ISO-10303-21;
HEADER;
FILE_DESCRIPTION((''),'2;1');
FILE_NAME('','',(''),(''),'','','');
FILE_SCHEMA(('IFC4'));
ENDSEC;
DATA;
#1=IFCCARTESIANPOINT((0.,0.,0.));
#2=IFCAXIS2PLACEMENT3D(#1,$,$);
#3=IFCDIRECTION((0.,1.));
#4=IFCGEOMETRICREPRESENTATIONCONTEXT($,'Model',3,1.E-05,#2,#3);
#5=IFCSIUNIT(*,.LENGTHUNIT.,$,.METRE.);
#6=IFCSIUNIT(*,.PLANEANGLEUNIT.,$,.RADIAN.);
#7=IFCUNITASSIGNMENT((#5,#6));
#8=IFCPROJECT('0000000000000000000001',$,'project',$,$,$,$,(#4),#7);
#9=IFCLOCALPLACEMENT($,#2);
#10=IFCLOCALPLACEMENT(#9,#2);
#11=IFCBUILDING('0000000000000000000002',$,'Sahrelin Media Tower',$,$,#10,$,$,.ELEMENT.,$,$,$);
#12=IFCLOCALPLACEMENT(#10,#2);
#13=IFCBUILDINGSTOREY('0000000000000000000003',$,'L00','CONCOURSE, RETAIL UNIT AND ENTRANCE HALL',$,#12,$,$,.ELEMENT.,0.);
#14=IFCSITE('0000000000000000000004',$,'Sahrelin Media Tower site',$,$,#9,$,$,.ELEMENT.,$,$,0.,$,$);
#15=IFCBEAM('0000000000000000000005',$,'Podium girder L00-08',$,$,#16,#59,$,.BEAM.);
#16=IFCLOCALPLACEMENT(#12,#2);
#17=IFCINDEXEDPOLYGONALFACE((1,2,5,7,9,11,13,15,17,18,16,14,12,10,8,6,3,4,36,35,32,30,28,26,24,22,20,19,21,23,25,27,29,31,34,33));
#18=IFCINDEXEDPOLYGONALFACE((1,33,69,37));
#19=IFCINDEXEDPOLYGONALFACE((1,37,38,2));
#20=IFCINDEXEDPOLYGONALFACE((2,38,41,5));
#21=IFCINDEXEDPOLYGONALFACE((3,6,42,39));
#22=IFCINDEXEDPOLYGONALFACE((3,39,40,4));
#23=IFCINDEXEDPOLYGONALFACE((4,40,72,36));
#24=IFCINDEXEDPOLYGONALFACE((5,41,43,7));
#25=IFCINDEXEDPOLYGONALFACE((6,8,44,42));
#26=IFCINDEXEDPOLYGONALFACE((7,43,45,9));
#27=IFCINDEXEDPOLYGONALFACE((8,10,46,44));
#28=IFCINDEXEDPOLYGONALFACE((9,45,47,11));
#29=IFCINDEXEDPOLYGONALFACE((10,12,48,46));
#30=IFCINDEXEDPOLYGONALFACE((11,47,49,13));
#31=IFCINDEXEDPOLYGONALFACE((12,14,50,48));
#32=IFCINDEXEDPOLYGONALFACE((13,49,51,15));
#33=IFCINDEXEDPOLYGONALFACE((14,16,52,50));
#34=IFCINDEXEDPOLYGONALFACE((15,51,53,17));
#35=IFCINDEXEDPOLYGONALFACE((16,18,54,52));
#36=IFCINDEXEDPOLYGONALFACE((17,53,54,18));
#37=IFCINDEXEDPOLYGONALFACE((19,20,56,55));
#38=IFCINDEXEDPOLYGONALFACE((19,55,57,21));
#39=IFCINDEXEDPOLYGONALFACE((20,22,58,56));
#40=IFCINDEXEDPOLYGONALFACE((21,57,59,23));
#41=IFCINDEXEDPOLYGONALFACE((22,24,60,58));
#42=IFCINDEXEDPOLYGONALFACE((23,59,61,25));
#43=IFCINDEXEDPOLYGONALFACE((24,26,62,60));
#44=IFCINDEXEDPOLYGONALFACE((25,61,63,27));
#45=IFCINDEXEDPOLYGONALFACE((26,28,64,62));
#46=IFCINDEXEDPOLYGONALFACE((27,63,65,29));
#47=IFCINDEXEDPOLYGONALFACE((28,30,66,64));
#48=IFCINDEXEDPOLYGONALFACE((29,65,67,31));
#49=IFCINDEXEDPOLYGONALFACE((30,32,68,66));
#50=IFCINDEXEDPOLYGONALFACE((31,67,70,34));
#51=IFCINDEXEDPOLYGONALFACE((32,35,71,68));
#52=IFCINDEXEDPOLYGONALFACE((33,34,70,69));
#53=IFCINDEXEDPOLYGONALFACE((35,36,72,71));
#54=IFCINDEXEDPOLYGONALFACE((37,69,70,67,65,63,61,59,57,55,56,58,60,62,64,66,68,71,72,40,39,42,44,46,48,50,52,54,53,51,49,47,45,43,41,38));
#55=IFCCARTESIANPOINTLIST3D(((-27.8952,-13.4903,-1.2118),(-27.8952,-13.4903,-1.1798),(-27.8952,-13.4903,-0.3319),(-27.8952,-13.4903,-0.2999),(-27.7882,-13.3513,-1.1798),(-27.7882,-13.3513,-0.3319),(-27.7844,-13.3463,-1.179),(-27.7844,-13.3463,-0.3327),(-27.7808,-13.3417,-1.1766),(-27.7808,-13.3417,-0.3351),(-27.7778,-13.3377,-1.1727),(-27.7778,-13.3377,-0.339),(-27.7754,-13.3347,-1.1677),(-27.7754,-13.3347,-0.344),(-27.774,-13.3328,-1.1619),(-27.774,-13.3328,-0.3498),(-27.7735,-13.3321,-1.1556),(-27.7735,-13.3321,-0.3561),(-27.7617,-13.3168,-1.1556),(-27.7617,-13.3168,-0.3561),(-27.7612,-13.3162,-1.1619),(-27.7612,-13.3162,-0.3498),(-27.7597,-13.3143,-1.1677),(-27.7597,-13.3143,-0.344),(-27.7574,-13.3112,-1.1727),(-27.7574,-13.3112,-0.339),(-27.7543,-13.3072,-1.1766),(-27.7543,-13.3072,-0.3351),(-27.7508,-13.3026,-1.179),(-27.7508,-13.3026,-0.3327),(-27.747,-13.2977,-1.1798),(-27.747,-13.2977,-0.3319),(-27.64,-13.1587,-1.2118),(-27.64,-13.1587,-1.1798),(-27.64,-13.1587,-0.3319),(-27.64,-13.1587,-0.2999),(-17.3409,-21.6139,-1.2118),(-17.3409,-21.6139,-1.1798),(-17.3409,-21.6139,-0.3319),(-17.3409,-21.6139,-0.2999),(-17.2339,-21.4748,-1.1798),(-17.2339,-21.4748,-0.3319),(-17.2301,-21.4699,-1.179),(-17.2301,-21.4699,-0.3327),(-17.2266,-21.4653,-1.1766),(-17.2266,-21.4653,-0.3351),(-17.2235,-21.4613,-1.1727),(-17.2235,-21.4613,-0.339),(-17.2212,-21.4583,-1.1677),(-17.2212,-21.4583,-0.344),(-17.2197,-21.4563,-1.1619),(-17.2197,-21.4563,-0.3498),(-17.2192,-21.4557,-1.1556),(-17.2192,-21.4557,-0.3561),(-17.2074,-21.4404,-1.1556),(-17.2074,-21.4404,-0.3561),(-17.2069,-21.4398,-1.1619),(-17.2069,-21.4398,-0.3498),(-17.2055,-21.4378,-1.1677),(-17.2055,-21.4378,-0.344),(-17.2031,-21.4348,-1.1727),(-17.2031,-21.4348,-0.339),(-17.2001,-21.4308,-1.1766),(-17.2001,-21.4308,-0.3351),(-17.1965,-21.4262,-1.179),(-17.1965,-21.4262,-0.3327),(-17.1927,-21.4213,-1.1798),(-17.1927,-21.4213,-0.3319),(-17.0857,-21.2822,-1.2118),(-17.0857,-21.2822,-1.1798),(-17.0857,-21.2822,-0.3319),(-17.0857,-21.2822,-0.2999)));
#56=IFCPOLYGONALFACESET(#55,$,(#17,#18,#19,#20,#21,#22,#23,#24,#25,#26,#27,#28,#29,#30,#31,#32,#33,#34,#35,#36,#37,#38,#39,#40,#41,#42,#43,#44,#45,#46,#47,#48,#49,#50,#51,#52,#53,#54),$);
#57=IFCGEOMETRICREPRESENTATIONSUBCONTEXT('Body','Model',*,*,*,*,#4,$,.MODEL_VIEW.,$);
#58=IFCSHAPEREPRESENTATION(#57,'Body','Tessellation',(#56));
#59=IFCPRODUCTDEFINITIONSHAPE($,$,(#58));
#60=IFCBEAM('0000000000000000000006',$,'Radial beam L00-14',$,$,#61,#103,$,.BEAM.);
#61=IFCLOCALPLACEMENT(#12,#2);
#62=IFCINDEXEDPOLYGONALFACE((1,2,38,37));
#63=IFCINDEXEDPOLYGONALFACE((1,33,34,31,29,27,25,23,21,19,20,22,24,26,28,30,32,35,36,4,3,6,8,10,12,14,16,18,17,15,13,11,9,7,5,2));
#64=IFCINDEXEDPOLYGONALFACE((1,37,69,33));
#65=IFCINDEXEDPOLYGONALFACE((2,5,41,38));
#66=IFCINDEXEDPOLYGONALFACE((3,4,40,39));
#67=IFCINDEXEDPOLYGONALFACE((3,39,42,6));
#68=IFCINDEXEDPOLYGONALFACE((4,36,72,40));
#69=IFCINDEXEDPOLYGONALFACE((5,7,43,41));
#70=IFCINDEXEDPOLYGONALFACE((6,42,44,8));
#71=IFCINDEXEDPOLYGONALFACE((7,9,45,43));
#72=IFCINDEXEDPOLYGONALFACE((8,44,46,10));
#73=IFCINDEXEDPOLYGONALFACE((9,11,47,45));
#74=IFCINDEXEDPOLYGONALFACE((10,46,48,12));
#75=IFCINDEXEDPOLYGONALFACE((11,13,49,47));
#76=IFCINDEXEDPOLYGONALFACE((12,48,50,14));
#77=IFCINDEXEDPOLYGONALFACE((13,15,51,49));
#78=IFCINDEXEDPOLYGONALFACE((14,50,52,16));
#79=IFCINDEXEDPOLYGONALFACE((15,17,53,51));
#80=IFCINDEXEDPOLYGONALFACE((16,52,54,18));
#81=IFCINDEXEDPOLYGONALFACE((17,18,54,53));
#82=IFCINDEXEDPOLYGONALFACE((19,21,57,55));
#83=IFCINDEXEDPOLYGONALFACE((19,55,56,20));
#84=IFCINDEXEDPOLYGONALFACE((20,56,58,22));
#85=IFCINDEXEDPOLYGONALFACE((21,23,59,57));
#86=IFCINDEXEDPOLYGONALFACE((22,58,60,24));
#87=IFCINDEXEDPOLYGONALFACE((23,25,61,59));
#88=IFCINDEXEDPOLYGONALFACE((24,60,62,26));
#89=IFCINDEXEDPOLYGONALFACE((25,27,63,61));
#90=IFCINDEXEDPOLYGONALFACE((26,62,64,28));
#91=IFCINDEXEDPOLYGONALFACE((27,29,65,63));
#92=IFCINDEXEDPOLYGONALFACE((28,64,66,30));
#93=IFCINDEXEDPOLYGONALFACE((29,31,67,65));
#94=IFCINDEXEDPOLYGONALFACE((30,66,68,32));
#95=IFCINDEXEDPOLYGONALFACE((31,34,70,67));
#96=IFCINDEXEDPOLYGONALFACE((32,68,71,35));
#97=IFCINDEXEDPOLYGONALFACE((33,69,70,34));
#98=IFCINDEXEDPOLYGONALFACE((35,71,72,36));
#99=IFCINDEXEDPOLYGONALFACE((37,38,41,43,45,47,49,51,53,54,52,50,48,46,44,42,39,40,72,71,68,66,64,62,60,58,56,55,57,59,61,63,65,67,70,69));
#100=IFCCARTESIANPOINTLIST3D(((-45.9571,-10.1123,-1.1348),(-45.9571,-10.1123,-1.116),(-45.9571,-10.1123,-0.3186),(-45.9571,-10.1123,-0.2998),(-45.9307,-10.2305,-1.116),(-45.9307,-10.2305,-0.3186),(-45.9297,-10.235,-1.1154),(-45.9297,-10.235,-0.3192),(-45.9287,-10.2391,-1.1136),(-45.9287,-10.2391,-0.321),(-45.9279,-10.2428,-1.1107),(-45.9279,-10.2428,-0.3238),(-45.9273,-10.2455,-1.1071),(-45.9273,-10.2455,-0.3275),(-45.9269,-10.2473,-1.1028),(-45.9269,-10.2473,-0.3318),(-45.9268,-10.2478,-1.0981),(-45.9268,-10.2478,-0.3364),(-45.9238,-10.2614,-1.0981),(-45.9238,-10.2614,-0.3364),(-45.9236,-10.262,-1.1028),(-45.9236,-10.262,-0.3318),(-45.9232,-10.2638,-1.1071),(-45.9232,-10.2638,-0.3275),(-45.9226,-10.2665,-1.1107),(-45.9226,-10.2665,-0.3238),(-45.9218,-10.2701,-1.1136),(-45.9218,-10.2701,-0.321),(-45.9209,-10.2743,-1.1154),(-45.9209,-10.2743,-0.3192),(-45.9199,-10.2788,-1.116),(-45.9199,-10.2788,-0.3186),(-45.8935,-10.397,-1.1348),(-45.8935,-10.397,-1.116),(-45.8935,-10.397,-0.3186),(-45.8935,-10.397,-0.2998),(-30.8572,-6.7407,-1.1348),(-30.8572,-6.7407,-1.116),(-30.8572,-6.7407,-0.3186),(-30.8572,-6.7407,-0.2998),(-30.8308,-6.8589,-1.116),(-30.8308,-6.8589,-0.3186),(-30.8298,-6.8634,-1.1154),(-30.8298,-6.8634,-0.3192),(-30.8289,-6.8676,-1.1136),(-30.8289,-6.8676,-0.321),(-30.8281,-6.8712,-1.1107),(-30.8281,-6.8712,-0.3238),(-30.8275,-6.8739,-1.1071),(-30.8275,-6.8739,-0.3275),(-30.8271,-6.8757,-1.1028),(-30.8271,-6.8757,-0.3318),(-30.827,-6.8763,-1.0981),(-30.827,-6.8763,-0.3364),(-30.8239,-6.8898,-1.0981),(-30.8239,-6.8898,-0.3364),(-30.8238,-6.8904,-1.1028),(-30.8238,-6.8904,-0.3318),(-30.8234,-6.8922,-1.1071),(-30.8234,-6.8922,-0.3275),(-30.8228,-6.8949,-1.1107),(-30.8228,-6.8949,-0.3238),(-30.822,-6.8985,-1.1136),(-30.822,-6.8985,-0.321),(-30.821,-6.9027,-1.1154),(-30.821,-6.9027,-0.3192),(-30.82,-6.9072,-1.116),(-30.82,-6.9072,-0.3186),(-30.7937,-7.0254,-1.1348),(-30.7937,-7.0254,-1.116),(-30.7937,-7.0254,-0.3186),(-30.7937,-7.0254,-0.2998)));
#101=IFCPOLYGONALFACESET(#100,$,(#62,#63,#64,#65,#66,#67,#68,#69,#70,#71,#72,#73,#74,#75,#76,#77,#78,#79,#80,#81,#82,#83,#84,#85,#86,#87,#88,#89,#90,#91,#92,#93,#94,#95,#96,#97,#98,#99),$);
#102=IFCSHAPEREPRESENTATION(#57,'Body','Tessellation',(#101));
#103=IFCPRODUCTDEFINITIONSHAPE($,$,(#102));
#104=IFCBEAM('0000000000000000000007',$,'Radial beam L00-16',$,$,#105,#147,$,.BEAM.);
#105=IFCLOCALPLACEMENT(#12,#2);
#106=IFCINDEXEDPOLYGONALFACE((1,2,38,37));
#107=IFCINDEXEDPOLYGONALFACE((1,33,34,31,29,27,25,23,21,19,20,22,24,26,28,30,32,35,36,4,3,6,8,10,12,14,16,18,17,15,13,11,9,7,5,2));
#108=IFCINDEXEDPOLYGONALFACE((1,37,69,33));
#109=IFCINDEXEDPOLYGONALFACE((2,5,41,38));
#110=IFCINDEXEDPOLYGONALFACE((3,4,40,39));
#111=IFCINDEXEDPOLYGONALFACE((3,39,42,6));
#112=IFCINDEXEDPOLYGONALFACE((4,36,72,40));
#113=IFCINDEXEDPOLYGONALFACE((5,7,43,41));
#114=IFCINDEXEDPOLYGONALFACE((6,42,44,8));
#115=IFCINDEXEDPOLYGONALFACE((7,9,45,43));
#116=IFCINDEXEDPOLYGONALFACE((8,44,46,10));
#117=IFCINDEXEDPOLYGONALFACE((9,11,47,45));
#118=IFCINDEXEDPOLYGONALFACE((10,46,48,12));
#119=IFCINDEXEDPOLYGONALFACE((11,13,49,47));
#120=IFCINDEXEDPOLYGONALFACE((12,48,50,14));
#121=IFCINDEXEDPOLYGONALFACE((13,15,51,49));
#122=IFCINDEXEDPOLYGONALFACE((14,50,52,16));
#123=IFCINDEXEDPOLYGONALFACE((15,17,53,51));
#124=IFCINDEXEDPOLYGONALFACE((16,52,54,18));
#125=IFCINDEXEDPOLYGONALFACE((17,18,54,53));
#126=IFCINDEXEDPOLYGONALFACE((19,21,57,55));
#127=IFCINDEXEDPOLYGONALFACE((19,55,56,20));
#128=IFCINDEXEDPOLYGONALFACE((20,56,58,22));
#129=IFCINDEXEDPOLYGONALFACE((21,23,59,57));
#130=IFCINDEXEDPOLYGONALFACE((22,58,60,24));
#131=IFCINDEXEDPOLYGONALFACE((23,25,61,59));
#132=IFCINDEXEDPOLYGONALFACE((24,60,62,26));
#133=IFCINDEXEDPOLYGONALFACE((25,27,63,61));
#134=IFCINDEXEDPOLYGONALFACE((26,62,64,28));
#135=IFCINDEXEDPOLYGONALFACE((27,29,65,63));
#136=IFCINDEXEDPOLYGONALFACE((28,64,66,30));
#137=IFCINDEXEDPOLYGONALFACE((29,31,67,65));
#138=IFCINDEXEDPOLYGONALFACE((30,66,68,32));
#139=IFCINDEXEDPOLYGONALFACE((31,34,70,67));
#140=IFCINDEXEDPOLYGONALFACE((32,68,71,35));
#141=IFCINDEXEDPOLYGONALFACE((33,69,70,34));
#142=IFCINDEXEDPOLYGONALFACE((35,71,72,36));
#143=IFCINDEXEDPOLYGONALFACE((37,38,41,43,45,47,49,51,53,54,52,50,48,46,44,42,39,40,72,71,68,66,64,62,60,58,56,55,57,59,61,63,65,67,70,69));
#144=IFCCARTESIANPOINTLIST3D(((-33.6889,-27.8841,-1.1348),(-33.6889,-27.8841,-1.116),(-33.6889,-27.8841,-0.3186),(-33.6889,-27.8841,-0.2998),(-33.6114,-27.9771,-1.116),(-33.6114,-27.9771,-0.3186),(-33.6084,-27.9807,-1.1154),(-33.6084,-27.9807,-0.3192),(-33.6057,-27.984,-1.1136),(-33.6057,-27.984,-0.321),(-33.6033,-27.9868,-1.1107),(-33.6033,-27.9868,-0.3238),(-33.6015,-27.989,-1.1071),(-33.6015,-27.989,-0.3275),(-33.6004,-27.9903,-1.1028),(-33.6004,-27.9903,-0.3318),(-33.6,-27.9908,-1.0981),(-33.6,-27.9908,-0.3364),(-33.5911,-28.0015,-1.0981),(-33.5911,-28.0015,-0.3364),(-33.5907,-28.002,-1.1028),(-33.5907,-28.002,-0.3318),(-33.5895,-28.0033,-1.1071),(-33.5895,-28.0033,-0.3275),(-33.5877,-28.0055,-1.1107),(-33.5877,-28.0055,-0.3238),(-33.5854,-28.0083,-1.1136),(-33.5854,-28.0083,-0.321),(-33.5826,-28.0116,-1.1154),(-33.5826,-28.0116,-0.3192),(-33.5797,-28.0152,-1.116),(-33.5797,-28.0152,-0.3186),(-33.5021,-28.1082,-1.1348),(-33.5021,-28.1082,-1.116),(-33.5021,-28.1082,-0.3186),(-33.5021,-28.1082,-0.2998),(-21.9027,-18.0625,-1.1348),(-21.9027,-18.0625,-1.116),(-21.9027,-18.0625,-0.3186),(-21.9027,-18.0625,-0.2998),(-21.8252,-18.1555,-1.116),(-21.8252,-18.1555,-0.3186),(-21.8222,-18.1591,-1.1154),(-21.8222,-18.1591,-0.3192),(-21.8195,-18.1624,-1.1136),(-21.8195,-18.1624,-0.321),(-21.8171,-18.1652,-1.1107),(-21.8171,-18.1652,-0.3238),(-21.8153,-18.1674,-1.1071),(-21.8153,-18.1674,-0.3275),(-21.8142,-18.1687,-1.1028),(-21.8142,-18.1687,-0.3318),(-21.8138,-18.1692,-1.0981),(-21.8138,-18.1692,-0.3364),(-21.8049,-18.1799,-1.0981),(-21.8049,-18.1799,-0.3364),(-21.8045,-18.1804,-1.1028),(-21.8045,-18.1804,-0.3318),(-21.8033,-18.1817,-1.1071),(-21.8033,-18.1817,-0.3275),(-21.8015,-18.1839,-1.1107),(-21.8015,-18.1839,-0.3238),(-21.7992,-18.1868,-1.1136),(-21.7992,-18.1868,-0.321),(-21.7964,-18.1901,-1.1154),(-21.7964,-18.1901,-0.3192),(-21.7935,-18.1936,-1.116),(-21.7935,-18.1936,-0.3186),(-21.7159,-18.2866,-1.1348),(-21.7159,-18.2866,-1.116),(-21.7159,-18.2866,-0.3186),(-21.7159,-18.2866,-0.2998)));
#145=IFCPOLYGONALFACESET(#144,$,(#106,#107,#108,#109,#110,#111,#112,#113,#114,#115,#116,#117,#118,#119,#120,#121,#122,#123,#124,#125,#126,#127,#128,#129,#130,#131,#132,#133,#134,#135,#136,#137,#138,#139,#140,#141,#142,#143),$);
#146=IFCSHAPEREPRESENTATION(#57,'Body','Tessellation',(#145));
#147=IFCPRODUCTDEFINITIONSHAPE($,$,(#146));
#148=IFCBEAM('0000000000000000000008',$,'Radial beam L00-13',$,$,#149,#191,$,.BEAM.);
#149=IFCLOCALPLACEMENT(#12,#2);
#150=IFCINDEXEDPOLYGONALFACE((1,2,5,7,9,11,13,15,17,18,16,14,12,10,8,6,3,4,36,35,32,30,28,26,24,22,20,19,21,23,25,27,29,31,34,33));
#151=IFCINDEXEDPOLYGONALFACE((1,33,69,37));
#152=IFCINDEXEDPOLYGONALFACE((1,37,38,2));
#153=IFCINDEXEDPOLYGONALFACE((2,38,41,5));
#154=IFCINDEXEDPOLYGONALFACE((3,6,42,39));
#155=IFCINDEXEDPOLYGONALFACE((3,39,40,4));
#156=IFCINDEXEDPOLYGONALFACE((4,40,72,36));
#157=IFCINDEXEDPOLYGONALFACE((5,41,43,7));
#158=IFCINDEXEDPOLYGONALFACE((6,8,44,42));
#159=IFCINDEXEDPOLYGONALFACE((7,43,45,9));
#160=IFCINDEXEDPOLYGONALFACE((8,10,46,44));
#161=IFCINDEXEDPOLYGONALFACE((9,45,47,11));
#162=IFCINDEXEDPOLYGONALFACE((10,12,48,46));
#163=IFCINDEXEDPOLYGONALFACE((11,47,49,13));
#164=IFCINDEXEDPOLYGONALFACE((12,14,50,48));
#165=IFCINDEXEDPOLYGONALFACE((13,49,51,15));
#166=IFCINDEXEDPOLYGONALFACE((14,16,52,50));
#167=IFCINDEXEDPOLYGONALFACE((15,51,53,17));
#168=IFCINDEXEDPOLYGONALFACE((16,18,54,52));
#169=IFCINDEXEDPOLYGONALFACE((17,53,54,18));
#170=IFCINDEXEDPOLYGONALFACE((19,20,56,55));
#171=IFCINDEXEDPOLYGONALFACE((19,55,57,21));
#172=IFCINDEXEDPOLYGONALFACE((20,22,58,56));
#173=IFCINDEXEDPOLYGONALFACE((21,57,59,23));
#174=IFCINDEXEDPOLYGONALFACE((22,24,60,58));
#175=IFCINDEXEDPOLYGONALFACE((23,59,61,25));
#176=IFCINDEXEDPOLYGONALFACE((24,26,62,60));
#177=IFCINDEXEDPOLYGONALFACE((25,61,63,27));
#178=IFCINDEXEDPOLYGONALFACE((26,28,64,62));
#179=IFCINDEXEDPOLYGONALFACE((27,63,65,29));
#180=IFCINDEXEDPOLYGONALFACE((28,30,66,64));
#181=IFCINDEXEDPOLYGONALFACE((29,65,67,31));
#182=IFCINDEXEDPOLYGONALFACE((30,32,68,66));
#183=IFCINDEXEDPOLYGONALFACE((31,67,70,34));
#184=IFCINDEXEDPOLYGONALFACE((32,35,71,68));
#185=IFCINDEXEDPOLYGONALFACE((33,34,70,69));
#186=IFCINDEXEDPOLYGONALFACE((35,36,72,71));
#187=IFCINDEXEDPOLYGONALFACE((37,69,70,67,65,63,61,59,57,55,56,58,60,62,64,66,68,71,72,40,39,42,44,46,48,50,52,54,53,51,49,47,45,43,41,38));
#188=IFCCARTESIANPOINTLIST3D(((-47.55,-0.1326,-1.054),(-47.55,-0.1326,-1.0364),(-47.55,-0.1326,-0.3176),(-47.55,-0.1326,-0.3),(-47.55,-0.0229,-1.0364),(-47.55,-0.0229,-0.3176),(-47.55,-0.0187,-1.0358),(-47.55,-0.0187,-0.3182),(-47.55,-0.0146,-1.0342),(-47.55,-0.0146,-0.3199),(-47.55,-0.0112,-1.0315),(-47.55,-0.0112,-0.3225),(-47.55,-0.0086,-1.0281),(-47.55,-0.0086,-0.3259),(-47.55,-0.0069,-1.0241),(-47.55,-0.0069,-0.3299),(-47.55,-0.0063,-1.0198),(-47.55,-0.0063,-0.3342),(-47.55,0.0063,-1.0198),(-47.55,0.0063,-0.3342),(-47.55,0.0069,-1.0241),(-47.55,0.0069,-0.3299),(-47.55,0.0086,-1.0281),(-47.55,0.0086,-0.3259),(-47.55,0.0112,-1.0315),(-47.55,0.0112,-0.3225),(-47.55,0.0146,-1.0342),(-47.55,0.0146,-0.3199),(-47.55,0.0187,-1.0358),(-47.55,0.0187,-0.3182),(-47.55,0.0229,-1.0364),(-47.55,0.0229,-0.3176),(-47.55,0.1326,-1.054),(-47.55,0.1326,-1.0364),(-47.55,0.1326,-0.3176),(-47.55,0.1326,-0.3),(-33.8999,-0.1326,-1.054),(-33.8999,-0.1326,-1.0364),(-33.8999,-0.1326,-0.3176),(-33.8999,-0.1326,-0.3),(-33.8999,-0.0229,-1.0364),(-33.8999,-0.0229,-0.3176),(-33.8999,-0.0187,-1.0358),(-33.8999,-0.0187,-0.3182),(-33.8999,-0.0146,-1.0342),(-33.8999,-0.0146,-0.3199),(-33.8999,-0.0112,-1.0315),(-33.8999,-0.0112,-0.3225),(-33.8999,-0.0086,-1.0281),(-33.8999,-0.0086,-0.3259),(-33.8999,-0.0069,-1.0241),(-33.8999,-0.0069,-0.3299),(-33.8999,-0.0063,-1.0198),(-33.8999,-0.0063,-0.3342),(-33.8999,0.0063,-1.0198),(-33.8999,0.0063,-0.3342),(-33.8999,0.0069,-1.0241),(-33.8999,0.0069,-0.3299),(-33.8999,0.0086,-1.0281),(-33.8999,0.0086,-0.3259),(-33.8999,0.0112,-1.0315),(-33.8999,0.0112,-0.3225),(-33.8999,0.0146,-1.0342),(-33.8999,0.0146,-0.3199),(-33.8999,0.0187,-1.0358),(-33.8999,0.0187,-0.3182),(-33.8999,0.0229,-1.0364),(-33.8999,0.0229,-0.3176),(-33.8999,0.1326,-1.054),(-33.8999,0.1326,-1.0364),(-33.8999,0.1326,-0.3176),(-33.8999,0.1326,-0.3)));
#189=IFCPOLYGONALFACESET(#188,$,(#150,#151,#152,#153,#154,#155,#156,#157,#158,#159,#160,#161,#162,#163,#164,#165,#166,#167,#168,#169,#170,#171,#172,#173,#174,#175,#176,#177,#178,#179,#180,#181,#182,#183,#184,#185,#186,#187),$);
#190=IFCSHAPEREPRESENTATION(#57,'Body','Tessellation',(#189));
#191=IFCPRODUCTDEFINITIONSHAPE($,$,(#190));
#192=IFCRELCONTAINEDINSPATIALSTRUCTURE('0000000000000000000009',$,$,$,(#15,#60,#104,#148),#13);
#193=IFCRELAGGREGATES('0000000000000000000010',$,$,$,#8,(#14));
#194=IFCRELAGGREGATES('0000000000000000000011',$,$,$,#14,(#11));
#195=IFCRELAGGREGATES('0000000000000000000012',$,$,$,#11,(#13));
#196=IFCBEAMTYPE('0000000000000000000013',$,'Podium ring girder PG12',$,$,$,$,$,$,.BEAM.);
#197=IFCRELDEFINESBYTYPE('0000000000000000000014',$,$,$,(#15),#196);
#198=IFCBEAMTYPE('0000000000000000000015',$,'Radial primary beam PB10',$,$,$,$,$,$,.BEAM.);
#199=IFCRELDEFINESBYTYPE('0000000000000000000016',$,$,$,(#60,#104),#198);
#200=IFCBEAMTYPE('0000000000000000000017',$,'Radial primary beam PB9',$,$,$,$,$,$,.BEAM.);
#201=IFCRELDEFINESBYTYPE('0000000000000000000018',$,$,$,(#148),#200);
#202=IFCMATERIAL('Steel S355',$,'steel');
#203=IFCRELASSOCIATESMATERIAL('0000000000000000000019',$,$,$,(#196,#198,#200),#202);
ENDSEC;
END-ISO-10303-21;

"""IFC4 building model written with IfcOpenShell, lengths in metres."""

from ifc_helpers import new_model, si_unit, direction, frame, origin, origin_2d, place, context, subcontext, project, spatial, i_section, extrude, material, material_profile, profile_set, type_object, element, save


model = new_model("IFC4")

# Units and contexts
model_context = context("Model", 3, precision=1e-05, world=origin(), true_north=direction((0.0, 1.0)))
body_context = subcontext(model_context, "Body", "Model", "MODEL_VIEW")
ifc_project = project(units=[si_unit("LENGTHUNIT", "METRE"), si_unit("PLANEANGLEUNIT", "RADIAN")], contexts=[model_context])

# Site, building, storey
site_placement = place(None, origin())
site = spatial("IfcSite", under=ifc_project, at=site_placement, Name="Sahrelin Media Tower site", CompositionType="ELEMENT", RefElevation=0.0)
building_placement = place(site_placement, origin())
building = spatial("IfcBuilding", under=site, at=building_placement, Name="Sahrelin Media Tower", CompositionType="ELEMENT")
storey_placement = place(building_placement, origin())
storey = spatial("IfcBuildingStorey", under=building, at=storey_placement, Name="L00", Description="CONCOURSE, RETAIL UNIT AND ENTRANCE HALL", CompositionType="ELEMENT", Elevation=0.0)

# Beams
ifc_material_1 = material(Name="Steel S355", Category="steel")
ifc_material_profile_1 = material_profile(ifc_material_1, i_section(OverallWidth=0.4185, OverallDepth=0.9119, WebThickness=0.0193, FlangeThickness=0.032, FilletRadius=0.0242, at=origin_2d()), Name="UB 914x419x343")
ifc_profile_set_1 = profile_set([ifc_material_profile_1], Name="Steel S355")
beam_type_1 = type_object("IfcBeamType", Name="Podium ring girder PG12", PredefinedType="BEAM", material=ifc_profile_set_1)
beam_1_placement = place(storey_placement, frame((-27.7676, -13.3245, -0.7559), z_axis=(0.792445, -0.609943, 0.0), x_axis=(0.609943, 0.792445, 0.0)))
element("IfcBeam", 1, at=beam_1_placement, inside=storey, type_object=beam_type_1, Name="Podium girder L00-08", PredefinedType="BEAM", context=body_context, shape_type="SweptSolid", body=[
    extrude(i_section(OverallWidth=0.4185, OverallDepth=0.9119, WebThickness=0.0193, FlangeThickness=0.032, FilletRadius=0.0242, at=origin_2d()), origin(), (0.0, 0.0, 1.0), 13.3186),
])
ifc_material_profile_2 = material_profile(ifc_material_1, i_section(OverallWidth=0.2917, OverallDepth=0.835, WebThickness=0.0139, FlangeThickness=0.0188, FilletRadius=0.0178, at=origin_2d()), Name="UB 838x292x176")
ifc_profile_set_2 = profile_set([ifc_material_profile_2], Name="Steel S355")
beam_type_2 = type_object("IfcBeamType", Name="Radial primary beam PB10", PredefinedType="BEAM", material=ifc_profile_set_2)
beam_2_placement = place(storey_placement, frame((-30.8254, -6.8831, -0.7173), z_axis=(-0.975967, -0.217919, 0.0), x_axis=(0.217919, -0.975967, 0.0)))
element("IfcBeam", 2, at=beam_2_placement, inside=storey, type_object=beam_type_2, Name="Radial beam L00-14", PredefinedType="BEAM", context=body_context, shape_type="SweptSolid", body=[
    extrude(i_section(OverallWidth=0.2917, OverallDepth=0.835, WebThickness=0.0139, FlangeThickness=0.0188, FilletRadius=0.0178, at=origin_2d()), origin(), (0.0, 0.0, 1.0), 15.4717),
])
beam_3_placement = place(storey_placement, frame((-21.8093, -18.1746, -0.7173), z_axis=(-0.768229, -0.640175, 0.0), x_axis=(0.640175, -0.768229, 0.0)))
element("IfcBeam", 3, at=beam_3_placement, inside=storey, type_object=beam_type_2, Name="Radial beam L00-16", PredefinedType="BEAM", context=body_context, shape_type="SweptSolid", body=[
    extrude(i_section(OverallWidth=0.2917, OverallDepth=0.835, WebThickness=0.0139, FlangeThickness=0.0188, FilletRadius=0.0178, at=origin_2d()), origin(), (0.0, 0.0, 1.0), 15.342),
])
ifc_material_profile_3 = material_profile(ifc_material_1, i_section(OverallWidth=0.2651, OverallDepth=0.7539, WebThickness=0.0127, FlangeThickness=0.0176, FilletRadius=0.0166, at=origin_2d()), Name="UB 762x267x147")
ifc_profile_set_3 = profile_set([ifc_material_profile_3], Name="Steel S355")
beam_type_3 = type_object("IfcBeamType", Name="Radial primary beam PB9", PredefinedType="BEAM", material=ifc_profile_set_3)
beam_4_placement = place(storey_placement, frame((-33.8999, 0.0, -0.677), z_axis=(-1.0, 0.0, 0.0), x_axis=(0.0, -1.0, 0.0)))
element("IfcBeam", 4, at=beam_4_placement, inside=storey, type_object=beam_type_3, Name="Radial beam L00-13", PredefinedType="BEAM", context=body_context, shape_type="SweptSolid", body=[
    extrude(i_section(OverallWidth=0.2651, OverallDepth=0.7539, WebThickness=0.0127, FlangeThickness=0.0176, FilletRadius=0.0166, at=origin_2d()), origin(), (0.0, 0.0, 1.0), 13.6501),
])

save(model, "model.ifc")
